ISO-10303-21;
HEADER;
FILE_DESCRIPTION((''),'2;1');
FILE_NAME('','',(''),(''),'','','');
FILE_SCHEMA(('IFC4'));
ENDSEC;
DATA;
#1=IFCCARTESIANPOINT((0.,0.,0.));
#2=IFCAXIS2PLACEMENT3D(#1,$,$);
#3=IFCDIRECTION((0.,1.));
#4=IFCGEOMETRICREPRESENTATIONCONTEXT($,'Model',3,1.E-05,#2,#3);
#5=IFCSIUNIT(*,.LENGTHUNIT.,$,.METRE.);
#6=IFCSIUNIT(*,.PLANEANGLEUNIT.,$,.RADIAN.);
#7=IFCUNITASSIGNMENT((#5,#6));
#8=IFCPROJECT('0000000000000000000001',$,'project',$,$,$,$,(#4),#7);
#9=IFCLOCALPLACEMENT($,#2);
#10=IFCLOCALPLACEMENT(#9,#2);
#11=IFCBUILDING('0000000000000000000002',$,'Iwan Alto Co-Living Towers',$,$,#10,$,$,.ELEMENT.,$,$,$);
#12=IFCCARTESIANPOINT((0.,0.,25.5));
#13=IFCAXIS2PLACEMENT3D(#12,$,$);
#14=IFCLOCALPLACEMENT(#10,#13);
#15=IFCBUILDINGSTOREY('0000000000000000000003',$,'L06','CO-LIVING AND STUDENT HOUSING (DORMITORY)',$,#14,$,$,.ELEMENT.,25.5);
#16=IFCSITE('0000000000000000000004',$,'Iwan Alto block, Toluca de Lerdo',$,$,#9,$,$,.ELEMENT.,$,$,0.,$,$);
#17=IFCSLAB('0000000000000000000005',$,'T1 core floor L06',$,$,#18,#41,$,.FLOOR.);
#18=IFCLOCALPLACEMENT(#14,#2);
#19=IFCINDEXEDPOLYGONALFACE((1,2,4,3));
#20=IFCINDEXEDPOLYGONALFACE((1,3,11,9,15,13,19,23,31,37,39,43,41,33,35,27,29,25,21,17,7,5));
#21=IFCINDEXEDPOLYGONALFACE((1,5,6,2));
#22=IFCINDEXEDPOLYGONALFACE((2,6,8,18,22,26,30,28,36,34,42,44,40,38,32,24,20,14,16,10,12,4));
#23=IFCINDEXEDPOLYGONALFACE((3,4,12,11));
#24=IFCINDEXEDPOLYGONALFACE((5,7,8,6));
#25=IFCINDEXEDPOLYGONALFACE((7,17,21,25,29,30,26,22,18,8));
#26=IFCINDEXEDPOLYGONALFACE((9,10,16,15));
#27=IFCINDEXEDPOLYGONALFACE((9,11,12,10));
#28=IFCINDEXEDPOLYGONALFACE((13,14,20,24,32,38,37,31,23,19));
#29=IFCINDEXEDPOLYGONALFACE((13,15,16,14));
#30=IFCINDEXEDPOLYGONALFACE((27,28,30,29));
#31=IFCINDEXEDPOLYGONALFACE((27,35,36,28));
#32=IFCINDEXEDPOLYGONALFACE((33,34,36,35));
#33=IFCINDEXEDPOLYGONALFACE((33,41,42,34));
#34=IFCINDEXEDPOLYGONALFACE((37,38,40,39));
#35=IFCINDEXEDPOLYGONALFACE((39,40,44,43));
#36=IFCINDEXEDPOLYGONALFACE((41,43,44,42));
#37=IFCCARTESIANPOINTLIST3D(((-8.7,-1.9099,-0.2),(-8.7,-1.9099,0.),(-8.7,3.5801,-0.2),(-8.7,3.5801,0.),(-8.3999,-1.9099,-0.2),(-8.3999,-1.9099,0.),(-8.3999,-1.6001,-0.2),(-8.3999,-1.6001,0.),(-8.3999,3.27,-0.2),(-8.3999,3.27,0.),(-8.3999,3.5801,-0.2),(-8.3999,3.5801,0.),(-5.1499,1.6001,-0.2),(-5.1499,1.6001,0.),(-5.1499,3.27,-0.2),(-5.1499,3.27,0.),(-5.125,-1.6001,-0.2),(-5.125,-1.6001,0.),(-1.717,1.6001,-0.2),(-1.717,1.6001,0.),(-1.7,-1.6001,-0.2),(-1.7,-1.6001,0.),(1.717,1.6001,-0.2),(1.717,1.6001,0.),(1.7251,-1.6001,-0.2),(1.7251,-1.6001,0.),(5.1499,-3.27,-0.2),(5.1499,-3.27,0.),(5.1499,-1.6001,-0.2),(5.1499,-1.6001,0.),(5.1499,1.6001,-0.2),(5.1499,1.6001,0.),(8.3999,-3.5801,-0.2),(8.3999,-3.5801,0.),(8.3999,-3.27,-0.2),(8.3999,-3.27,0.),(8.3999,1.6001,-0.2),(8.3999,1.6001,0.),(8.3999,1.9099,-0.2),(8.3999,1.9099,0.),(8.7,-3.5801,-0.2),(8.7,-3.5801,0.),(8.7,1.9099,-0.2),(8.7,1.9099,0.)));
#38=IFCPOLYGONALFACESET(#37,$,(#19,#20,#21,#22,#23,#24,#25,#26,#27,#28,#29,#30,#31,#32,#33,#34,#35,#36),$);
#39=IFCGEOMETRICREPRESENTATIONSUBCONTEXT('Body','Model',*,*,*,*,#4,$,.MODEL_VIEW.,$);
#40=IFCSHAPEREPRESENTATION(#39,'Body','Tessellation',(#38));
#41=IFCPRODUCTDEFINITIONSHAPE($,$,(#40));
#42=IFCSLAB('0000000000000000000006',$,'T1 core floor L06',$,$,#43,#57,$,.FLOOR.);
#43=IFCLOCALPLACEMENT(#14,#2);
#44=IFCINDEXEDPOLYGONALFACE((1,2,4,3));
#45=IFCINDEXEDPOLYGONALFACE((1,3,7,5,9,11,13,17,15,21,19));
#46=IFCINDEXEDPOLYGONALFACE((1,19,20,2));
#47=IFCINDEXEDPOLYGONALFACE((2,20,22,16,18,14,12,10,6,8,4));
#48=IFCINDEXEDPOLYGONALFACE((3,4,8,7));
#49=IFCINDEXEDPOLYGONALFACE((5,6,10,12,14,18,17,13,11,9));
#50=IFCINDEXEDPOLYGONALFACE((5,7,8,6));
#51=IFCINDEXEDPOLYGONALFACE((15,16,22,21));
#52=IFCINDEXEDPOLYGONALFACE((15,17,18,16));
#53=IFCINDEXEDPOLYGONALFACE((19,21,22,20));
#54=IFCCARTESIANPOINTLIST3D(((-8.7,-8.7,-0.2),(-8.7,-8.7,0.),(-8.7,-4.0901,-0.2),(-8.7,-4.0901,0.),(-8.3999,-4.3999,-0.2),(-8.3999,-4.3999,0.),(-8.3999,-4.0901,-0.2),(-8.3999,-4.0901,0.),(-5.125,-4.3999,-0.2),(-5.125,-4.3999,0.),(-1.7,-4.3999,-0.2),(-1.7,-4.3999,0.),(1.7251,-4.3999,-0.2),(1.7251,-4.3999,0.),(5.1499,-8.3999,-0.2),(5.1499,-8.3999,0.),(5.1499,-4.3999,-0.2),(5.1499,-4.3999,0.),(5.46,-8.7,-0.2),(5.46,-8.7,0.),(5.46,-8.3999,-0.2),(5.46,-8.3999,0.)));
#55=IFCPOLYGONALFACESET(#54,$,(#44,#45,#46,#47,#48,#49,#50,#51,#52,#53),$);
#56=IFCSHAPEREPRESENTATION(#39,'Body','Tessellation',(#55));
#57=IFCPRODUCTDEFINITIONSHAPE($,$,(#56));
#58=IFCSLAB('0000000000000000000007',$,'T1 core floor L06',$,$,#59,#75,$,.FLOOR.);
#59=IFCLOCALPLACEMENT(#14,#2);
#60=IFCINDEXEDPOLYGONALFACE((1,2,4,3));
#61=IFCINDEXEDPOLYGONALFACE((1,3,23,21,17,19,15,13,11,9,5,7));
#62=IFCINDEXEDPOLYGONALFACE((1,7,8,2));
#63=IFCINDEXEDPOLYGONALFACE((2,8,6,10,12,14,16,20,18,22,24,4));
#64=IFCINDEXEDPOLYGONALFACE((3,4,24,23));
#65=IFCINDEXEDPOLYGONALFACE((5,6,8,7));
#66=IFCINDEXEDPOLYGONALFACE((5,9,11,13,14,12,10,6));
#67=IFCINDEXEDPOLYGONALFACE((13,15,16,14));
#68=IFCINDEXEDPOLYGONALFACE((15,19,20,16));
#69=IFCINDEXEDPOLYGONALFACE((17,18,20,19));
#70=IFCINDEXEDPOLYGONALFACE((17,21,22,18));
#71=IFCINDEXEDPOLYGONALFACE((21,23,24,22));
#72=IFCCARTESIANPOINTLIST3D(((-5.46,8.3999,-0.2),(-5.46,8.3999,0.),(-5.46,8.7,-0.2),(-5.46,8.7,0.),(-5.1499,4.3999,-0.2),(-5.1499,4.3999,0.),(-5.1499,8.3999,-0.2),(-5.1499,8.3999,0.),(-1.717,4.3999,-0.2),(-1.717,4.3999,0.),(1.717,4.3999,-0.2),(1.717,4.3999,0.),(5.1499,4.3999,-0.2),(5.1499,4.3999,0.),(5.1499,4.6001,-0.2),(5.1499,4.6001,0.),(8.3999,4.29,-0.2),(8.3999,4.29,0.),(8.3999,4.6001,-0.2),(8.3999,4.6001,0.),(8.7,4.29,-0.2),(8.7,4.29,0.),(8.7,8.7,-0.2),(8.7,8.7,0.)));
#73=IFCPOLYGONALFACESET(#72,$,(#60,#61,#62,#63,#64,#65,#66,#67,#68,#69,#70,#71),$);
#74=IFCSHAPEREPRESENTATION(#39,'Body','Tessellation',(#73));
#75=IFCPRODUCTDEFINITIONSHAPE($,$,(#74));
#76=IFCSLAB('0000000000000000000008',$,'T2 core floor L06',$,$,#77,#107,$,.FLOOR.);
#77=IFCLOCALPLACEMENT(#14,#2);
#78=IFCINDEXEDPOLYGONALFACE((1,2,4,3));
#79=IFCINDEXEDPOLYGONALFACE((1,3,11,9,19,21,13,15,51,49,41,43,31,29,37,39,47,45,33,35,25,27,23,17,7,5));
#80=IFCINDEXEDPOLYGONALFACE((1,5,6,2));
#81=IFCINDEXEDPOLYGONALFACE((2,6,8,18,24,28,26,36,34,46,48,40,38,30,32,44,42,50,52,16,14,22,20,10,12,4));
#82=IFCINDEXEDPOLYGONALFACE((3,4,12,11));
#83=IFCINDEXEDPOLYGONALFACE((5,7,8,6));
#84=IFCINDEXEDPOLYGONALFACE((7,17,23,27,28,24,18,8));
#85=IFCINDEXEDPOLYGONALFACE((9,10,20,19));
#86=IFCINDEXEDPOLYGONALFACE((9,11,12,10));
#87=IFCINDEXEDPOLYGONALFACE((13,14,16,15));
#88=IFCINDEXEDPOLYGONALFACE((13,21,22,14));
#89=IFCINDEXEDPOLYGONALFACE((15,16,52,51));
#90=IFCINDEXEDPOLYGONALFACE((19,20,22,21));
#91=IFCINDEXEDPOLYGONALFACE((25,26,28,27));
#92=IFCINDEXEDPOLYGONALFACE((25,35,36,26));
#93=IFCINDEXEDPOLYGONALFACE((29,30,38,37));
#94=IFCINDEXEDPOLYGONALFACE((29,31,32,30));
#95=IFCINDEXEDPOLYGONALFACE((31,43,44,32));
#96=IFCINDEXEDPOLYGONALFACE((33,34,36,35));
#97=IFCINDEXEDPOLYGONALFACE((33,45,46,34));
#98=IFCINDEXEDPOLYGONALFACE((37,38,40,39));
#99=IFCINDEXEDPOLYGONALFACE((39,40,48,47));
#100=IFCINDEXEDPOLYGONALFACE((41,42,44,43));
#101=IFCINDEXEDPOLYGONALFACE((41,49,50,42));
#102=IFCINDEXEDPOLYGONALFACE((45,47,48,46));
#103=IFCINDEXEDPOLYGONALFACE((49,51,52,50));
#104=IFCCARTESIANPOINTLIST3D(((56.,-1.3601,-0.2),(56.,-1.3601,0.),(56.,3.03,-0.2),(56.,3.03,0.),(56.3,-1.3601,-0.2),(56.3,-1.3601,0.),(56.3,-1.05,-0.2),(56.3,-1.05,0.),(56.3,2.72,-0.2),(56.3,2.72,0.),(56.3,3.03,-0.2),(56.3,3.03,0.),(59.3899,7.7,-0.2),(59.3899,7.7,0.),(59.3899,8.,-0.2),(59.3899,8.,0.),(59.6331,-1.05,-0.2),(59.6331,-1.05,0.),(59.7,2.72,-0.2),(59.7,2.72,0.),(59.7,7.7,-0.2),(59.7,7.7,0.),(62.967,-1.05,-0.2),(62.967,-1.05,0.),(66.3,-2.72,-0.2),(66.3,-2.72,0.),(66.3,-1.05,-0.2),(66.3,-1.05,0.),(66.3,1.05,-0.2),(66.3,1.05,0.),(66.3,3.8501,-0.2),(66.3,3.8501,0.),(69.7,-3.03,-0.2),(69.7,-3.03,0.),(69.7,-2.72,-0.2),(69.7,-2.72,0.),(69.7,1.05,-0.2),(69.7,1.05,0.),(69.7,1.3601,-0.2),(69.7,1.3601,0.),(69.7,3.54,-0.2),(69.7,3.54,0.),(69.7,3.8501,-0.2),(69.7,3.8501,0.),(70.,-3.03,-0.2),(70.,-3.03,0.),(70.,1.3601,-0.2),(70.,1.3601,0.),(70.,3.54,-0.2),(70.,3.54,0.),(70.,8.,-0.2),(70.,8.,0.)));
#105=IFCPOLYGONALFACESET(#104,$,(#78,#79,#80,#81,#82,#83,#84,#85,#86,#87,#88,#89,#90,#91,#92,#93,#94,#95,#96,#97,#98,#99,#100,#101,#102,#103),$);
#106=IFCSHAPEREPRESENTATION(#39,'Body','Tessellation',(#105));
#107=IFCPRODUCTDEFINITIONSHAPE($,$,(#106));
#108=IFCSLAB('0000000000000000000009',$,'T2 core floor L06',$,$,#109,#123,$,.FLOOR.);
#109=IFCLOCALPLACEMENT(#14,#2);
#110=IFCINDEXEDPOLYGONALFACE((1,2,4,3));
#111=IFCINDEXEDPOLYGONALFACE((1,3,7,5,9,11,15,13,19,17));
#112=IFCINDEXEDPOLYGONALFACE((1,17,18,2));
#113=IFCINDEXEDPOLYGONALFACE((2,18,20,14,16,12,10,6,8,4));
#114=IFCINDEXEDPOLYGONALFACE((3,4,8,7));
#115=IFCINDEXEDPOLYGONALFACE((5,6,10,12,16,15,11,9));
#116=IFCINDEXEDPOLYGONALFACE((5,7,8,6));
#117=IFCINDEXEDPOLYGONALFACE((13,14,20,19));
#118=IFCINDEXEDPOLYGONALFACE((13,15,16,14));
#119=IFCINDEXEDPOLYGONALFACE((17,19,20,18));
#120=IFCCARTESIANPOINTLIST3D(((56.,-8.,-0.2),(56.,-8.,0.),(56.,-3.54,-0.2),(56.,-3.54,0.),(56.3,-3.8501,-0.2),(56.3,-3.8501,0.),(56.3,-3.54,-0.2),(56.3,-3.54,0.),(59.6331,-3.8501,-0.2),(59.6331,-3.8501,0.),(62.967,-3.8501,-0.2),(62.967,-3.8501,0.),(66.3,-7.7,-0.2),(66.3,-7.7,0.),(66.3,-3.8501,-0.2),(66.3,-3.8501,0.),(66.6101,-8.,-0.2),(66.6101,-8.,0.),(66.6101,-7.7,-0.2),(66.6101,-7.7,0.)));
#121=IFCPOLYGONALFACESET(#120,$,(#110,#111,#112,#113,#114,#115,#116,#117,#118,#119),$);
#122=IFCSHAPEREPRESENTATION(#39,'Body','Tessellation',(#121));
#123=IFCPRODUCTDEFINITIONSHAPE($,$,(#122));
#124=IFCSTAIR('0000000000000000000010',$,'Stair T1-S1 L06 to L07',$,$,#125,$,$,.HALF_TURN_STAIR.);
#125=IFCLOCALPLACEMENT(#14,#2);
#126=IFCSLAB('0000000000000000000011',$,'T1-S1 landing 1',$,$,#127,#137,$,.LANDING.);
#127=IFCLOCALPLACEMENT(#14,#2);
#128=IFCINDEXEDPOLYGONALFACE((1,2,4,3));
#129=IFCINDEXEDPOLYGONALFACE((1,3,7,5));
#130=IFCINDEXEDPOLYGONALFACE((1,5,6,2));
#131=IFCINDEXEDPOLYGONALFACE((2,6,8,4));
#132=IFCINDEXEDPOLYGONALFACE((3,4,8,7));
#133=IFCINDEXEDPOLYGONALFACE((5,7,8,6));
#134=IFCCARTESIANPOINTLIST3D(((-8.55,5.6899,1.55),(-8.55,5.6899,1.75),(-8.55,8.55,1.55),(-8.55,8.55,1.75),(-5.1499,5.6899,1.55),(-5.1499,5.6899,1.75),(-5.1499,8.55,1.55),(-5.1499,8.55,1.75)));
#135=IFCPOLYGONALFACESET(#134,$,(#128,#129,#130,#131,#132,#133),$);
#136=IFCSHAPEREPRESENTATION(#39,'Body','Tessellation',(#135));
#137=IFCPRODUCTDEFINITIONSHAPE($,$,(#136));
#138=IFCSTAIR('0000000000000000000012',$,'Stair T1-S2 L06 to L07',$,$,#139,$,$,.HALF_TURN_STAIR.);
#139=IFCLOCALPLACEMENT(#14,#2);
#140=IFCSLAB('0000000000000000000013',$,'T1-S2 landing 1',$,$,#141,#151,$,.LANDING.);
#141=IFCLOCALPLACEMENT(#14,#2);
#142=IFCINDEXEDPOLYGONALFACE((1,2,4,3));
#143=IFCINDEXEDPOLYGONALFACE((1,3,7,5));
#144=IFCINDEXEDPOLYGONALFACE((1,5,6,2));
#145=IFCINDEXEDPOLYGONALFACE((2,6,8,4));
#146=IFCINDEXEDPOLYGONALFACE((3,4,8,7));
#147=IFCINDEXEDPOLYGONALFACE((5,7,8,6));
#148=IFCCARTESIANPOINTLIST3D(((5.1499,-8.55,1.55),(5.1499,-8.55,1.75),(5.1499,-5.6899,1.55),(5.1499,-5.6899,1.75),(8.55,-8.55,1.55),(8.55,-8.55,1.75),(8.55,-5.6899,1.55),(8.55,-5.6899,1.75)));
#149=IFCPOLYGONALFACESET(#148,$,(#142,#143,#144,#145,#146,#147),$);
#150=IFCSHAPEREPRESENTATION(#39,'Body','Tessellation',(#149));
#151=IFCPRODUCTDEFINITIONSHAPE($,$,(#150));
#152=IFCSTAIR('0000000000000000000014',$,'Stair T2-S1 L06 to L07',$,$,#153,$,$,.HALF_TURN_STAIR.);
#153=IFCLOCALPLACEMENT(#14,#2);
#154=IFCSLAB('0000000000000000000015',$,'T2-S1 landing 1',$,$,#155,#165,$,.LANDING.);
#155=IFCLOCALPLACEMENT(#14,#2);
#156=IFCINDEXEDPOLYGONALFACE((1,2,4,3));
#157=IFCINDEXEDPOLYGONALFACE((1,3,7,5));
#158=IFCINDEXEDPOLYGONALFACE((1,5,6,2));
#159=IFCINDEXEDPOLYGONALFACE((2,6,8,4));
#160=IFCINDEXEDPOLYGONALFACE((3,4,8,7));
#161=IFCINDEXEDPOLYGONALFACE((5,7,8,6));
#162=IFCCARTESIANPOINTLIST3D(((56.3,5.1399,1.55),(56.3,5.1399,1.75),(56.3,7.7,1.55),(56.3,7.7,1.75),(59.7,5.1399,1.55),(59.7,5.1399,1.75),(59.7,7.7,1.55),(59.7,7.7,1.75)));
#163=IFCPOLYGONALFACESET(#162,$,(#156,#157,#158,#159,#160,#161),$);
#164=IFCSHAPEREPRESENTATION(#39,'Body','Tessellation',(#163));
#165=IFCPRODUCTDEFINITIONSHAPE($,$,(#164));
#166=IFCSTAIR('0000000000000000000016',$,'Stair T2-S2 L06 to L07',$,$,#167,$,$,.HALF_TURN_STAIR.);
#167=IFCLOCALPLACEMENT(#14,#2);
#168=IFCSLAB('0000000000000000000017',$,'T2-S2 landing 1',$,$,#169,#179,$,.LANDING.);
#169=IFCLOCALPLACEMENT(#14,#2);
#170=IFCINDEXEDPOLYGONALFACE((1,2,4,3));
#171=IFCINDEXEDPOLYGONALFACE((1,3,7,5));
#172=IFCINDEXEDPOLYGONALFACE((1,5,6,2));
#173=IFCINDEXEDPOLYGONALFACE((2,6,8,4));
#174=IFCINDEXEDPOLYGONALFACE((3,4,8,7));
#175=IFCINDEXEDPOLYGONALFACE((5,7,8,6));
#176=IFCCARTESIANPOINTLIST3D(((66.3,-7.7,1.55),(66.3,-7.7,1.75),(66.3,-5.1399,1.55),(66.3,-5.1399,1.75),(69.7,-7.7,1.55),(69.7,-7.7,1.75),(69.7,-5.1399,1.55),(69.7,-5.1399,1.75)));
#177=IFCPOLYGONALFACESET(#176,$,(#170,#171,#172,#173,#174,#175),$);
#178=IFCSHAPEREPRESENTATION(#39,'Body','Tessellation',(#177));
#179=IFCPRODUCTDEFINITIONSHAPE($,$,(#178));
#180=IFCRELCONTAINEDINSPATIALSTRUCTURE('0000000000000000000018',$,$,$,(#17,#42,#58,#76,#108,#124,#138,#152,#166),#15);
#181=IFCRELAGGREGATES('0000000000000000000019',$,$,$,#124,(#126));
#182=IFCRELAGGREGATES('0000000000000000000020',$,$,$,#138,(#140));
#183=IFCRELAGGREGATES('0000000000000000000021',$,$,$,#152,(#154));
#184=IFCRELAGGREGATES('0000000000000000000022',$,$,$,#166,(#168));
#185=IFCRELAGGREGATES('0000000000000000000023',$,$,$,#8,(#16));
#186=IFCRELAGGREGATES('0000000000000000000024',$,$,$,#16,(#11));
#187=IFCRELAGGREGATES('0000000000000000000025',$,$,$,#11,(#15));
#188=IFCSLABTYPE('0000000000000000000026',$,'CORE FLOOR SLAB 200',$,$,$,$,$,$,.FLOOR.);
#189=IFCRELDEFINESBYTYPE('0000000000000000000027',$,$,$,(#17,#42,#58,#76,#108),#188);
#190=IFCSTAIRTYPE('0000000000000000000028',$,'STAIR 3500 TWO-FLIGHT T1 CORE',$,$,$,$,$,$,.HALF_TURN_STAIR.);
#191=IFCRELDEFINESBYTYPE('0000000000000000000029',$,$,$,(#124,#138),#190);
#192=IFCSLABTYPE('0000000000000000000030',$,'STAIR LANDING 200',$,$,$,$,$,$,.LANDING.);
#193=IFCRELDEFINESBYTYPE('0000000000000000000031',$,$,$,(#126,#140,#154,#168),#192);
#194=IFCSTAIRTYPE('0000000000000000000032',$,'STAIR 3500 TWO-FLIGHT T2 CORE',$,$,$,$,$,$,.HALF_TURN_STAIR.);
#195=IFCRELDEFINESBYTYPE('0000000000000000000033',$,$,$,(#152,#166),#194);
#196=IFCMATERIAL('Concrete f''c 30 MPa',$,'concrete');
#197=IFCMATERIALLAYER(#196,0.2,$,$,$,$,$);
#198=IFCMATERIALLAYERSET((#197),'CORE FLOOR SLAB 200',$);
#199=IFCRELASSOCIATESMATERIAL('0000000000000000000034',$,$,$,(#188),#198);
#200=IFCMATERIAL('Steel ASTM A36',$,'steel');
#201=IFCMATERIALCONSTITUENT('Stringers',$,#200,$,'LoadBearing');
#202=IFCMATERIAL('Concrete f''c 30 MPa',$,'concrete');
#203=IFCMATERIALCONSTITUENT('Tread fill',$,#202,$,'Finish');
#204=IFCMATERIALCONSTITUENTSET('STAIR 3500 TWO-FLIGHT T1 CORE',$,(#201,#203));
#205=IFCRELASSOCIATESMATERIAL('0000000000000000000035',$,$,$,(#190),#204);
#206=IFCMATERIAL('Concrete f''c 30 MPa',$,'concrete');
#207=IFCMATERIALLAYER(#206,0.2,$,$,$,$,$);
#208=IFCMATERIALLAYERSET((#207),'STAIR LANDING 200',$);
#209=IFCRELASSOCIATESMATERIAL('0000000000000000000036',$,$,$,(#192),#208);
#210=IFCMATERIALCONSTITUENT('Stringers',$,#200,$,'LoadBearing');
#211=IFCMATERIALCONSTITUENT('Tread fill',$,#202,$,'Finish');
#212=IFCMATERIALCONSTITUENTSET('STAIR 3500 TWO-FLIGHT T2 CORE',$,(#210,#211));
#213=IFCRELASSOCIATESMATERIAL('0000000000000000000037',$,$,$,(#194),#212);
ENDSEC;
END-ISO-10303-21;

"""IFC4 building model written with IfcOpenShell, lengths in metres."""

from ifc_helpers import new_model, si_unit, direction, frame, origin, place, context, subcontext, project, spatial, polyline, outline, extrude, material, layer, layer_set, constituent, constituent_set, type_object, element, aggregate, save


model = new_model("IFC4")

# Units and contexts
model_context = context("Model", 3, precision=1e-05, world=origin(), true_north=direction((0.0, 1.0)))
body_context = subcontext(model_context, "Body", "Model", "MODEL_VIEW")
ifc_project = project(units=[si_unit("LENGTHUNIT", "METRE"), si_unit("PLANEANGLEUNIT", "RADIAN")], contexts=[model_context])

# Site, building, storey
site_placement = place(None, origin())
site = spatial("IfcSite", under=ifc_project, at=site_placement, Name="Iwan Alto block, Toluca de Lerdo", CompositionType="ELEMENT", RefElevation=0.0)
building_placement = place(site_placement, origin())
building = spatial("IfcBuilding", under=site, at=building_placement, Name="Iwan Alto Co-Living Towers", CompositionType="ELEMENT")
storey_placement = place(building_placement, frame((0.0, 0.0, 25.5)))
storey = spatial("IfcBuildingStorey", under=building, at=storey_placement, Name="L06", Description="CO-LIVING AND STUDENT HOUSING (DORMITORY)", CompositionType="ELEMENT", Elevation=25.5)

# Slabs
ifc_material_1 = material(Name="Concrete f'c 30 MPa", Category="concrete")
ifc_layer_1 = layer(ifc_material_1, 0.2)
ifc_layer_set_1 = layer_set([ifc_layer_1], Name="CORE FLOOR SLAB 200")
slab_type_1 = type_object("IfcSlabType", Name="CORE FLOOR SLAB 200", PredefinedType="FLOOR", material=ifc_layer_set_1)
slab_1_placement = place(storey_placement, frame((0.0, 0.0, -0.2)))
element("IfcSlab", 1, at=slab_1_placement, inside=storey, type_object=slab_type_1, Name="T1 core floor L06", PredefinedType="FLOOR", context=body_context, shape_type="SweptSolid", body=[
    extrude(outline(polyline([(8.7, -3.5801), (8.3999, -3.5801), (8.3999, -3.27), (5.1499, -3.27), (5.1499, -1.6001), (1.7251, -1.6001), (-1.7, -1.6001), (-5.125, -1.6001), (-8.3999, -1.6001), (-8.3999, -1.9099), (-8.7, -1.9099), (-8.7, 3.5801), (-8.3999, 3.5801), (-8.3999, 3.27), (-5.1499, 3.27), (-5.1499, 1.6001), (-1.717, 1.6001), (1.717, 1.6001), (5.1499, 1.6001), (8.3999, 1.6001), (8.3999, 1.9099), (8.7, 1.9099), (8.7, -3.5801)])), origin(), (0.0, 0.0, 1.0), 0.2),
])
slab_2_placement = place(storey_placement, frame((0.0, 0.0, -0.2)))
element("IfcSlab", 2, at=slab_2_placement, inside=storey, type_object=slab_type_1, Name="T1 core floor L06", PredefinedType="FLOOR", context=body_context, shape_type="SweptSolid", body=[
    extrude(outline(polyline([(-1.7, -4.3999), (1.7251, -4.3999), (5.1499, -4.3999), (5.1499, -8.3999), (5.46, -8.3999), (5.46, -8.7), (-8.7, -8.7), (-8.7, -4.0901), (-8.3999, -4.0901), (-8.3999, -4.3999), (-5.125, -4.3999), (-1.7, -4.3999)])), origin(), (0.0, 0.0, 1.0), 0.2),
])
slab_3_placement = place(storey_placement, frame((0.0, 0.0, -0.2)))
element("IfcSlab", 3, at=slab_3_placement, inside=storey, type_object=slab_type_1, Name="T1 core floor L06", PredefinedType="FLOOR", context=body_context, shape_type="SweptSolid", body=[
    extrude(outline(polyline([(1.717, 4.3999), (-1.717, 4.3999), (-5.1499, 4.3999), (-5.1499, 8.3999), (-5.46, 8.3999), (-5.46, 8.7), (8.7, 8.7), (8.7, 4.29), (8.3999, 4.29), (8.3999, 4.6001), (5.1499, 4.6001), (5.1499, 4.3999), (1.717, 4.3999)])), origin(), (0.0, 0.0, 1.0), 0.2),
])
slab_4_placement = place(storey_placement, frame((0.0, 0.0, -0.2)))
element("IfcSlab", 4, at=slab_4_placement, inside=storey, type_object=slab_type_1, Name="T2 core floor L06", PredefinedType="FLOOR", context=body_context, shape_type="SweptSolid", body=[
    extrude(outline(polyline([(70.0, -3.03), (69.7, -3.03), (69.7, -2.72), (66.3, -2.72), (66.3, -1.05), (62.967, -1.05), (59.6331, -1.05), (56.3, -1.05), (56.3, -1.3601), (56.0, -1.3601), (56.0, 3.03), (56.3, 3.03), (56.3, 2.72), (59.7, 2.72), (59.7, 7.7), (59.3899, 7.7), (59.3899, 8.0), (70.0, 8.0), (70.0, 3.54), (69.7, 3.54), (69.7, 3.8501), (66.3, 3.8501), (66.3, 1.05), (69.7, 1.05), (69.7, 1.3601), (70.0, 1.3601), (70.0, -3.03)])), origin(), (0.0, 0.0, 1.0), 0.2),
])
slab_5_placement = place(storey_placement, frame((0.0, 0.0, -0.2)))
element("IfcSlab", 5, at=slab_5_placement, inside=storey, type_object=slab_type_1, Name="T2 core floor L06", PredefinedType="FLOOR", context=body_context, shape_type="SweptSolid", body=[
    extrude(outline(polyline([(62.967, -3.8501), (66.3, -3.8501), (66.3, -7.7), (66.6101, -7.7), (66.6101, -8.0), (56.0, -8.0), (56.0, -3.54), (56.3, -3.54), (56.3, -3.8501), (59.6331, -3.8501), (62.967, -3.8501)])), origin(), (0.0, 0.0, 1.0), 0.2),
])

# Stairs, slabs
ifc_material_2 = material(Name="Steel ASTM A36", Category="steel")
ifc_constituent_1 = constituent(ifc_material_2, Name="Stringers", Category="LoadBearing")
ifc_material_3 = material(Name="Concrete f'c 30 MPa", Category="concrete")
ifc_constituent_2 = constituent(ifc_material_3, Name="Tread fill", Category="Finish")
ifc_constituent_set_1 = constituent_set(constituents=[ifc_constituent_1, ifc_constituent_2], Name="STAIR 3500 TWO-FLIGHT T1 CORE")
stair_type_1 = type_object("IfcStairType", Name="STAIR 3500 TWO-FLIGHT T1 CORE", PredefinedType="HALF_TURN_STAIR", material=ifc_constituent_set_1)
stair_1_placement = place(storey_placement, origin())
stair_1 = element("IfcStair", 6, at=stair_1_placement, inside=storey, type_object=stair_type_1, Name="Stair T1-S1 L06 to L07", PredefinedType="HALF_TURN_STAIR")
ifc_material_4 = material(Name="Concrete f'c 30 MPa", Category="concrete")
ifc_layer_2 = layer(ifc_material_4, 0.2)
ifc_layer_set_2 = layer_set([ifc_layer_2], Name="STAIR LANDING 200")
slab_type_2 = type_object("IfcSlabType", Name="STAIR LANDING 200", PredefinedType="LANDING", material=ifc_layer_set_2)
slab_6_placement = place(storey_placement, frame((0.0, 0.0, 1.55)))
slab_6 = element("IfcSlab", 7, at=slab_6_placement, type_object=slab_type_2, Name="T1-S1 landing 1", PredefinedType="LANDING", context=body_context, shape_type="SweptSolid", body=[
    extrude(outline(polyline([(-8.55, 5.6899), (-8.55, 8.55), (-5.1499, 8.55), (-5.1499, 5.6899), (-8.55, 5.6899)])), origin(), (0.0, 0.0, 1.0), 0.2),
])
aggregate(stair_1, [slab_6])
stair_2_placement = place(storey_placement, origin())
stair_2 = element("IfcStair", 8, at=stair_2_placement, inside=storey, type_object=stair_type_1, Name="Stair T1-S2 L06 to L07", PredefinedType="HALF_TURN_STAIR")
slab_7_placement = place(storey_placement, frame((0.0, 0.0, 1.55)))
slab_7 = element("IfcSlab", 9, at=slab_7_placement, type_object=slab_type_2, Name="T1-S2 landing 1", PredefinedType="LANDING", context=body_context, shape_type="SweptSolid", body=[
    extrude(outline(polyline([(5.1499, -5.6899), (5.1499, -8.55), (8.55, -8.55), (8.55, -5.6899), (5.1499, -5.6899)])), origin(), (0.0, 0.0, 1.0), 0.2),
])
aggregate(stair_2, [slab_7])
ifc_constituent_3 = constituent(ifc_material_2, Name="Stringers", Category="LoadBearing")
ifc_constituent_4 = constituent(ifc_material_3, Name="Tread fill", Category="Finish")
ifc_constituent_set_2 = constituent_set(constituents=[ifc_constituent_3, ifc_constituent_4], Name="STAIR 3500 TWO-FLIGHT T2 CORE")
stair_type_2 = type_object("IfcStairType", Name="STAIR 3500 TWO-FLIGHT T2 CORE", PredefinedType="HALF_TURN_STAIR", material=ifc_constituent_set_2)
stair_3_placement = place(storey_placement, origin())
stair_3 = element("IfcStair", 10, at=stair_3_placement, inside=storey, type_object=stair_type_2, Name="Stair T2-S1 L06 to L07", PredefinedType="HALF_TURN_STAIR")
slab_8_placement = place(storey_placement, frame((0.0, 0.0, 1.55)))
slab_8 = element("IfcSlab", 11, at=slab_8_placement, type_object=slab_type_2, Name="T2-S1 landing 1", PredefinedType="LANDING", context=body_context, shape_type="SweptSolid", body=[
    extrude(outline(polyline([(56.3, 5.1399), (56.3, 7.7), (59.7, 7.7), (59.7, 5.1399), (56.3, 5.1399)])), origin(), (0.0, 0.0, 1.0), 0.2),
])
aggregate(stair_3, [slab_8])
stair_4_placement = place(storey_placement, origin())
stair_4 = element("IfcStair", 12, at=stair_4_placement, inside=storey, type_object=stair_type_2, Name="Stair T2-S2 L06 to L07", PredefinedType="HALF_TURN_STAIR")
slab_9_placement = place(storey_placement, frame((0.0, 0.0, 1.55)))
slab_9 = element("IfcSlab", 13, at=slab_9_placement, type_object=slab_type_2, Name="T2-S2 landing 1", PredefinedType="LANDING", context=body_context, shape_type="SweptSolid", body=[
    extrude(outline(polyline([(66.3, -5.1399), (66.3, -7.7), (69.7, -7.7), (69.7, -5.1399), (66.3, -5.1399)])), origin(), (0.0, 0.0, 1.0), 0.2),
])
aggregate(stair_4, [slab_9])

save(model, "model.ifc")
